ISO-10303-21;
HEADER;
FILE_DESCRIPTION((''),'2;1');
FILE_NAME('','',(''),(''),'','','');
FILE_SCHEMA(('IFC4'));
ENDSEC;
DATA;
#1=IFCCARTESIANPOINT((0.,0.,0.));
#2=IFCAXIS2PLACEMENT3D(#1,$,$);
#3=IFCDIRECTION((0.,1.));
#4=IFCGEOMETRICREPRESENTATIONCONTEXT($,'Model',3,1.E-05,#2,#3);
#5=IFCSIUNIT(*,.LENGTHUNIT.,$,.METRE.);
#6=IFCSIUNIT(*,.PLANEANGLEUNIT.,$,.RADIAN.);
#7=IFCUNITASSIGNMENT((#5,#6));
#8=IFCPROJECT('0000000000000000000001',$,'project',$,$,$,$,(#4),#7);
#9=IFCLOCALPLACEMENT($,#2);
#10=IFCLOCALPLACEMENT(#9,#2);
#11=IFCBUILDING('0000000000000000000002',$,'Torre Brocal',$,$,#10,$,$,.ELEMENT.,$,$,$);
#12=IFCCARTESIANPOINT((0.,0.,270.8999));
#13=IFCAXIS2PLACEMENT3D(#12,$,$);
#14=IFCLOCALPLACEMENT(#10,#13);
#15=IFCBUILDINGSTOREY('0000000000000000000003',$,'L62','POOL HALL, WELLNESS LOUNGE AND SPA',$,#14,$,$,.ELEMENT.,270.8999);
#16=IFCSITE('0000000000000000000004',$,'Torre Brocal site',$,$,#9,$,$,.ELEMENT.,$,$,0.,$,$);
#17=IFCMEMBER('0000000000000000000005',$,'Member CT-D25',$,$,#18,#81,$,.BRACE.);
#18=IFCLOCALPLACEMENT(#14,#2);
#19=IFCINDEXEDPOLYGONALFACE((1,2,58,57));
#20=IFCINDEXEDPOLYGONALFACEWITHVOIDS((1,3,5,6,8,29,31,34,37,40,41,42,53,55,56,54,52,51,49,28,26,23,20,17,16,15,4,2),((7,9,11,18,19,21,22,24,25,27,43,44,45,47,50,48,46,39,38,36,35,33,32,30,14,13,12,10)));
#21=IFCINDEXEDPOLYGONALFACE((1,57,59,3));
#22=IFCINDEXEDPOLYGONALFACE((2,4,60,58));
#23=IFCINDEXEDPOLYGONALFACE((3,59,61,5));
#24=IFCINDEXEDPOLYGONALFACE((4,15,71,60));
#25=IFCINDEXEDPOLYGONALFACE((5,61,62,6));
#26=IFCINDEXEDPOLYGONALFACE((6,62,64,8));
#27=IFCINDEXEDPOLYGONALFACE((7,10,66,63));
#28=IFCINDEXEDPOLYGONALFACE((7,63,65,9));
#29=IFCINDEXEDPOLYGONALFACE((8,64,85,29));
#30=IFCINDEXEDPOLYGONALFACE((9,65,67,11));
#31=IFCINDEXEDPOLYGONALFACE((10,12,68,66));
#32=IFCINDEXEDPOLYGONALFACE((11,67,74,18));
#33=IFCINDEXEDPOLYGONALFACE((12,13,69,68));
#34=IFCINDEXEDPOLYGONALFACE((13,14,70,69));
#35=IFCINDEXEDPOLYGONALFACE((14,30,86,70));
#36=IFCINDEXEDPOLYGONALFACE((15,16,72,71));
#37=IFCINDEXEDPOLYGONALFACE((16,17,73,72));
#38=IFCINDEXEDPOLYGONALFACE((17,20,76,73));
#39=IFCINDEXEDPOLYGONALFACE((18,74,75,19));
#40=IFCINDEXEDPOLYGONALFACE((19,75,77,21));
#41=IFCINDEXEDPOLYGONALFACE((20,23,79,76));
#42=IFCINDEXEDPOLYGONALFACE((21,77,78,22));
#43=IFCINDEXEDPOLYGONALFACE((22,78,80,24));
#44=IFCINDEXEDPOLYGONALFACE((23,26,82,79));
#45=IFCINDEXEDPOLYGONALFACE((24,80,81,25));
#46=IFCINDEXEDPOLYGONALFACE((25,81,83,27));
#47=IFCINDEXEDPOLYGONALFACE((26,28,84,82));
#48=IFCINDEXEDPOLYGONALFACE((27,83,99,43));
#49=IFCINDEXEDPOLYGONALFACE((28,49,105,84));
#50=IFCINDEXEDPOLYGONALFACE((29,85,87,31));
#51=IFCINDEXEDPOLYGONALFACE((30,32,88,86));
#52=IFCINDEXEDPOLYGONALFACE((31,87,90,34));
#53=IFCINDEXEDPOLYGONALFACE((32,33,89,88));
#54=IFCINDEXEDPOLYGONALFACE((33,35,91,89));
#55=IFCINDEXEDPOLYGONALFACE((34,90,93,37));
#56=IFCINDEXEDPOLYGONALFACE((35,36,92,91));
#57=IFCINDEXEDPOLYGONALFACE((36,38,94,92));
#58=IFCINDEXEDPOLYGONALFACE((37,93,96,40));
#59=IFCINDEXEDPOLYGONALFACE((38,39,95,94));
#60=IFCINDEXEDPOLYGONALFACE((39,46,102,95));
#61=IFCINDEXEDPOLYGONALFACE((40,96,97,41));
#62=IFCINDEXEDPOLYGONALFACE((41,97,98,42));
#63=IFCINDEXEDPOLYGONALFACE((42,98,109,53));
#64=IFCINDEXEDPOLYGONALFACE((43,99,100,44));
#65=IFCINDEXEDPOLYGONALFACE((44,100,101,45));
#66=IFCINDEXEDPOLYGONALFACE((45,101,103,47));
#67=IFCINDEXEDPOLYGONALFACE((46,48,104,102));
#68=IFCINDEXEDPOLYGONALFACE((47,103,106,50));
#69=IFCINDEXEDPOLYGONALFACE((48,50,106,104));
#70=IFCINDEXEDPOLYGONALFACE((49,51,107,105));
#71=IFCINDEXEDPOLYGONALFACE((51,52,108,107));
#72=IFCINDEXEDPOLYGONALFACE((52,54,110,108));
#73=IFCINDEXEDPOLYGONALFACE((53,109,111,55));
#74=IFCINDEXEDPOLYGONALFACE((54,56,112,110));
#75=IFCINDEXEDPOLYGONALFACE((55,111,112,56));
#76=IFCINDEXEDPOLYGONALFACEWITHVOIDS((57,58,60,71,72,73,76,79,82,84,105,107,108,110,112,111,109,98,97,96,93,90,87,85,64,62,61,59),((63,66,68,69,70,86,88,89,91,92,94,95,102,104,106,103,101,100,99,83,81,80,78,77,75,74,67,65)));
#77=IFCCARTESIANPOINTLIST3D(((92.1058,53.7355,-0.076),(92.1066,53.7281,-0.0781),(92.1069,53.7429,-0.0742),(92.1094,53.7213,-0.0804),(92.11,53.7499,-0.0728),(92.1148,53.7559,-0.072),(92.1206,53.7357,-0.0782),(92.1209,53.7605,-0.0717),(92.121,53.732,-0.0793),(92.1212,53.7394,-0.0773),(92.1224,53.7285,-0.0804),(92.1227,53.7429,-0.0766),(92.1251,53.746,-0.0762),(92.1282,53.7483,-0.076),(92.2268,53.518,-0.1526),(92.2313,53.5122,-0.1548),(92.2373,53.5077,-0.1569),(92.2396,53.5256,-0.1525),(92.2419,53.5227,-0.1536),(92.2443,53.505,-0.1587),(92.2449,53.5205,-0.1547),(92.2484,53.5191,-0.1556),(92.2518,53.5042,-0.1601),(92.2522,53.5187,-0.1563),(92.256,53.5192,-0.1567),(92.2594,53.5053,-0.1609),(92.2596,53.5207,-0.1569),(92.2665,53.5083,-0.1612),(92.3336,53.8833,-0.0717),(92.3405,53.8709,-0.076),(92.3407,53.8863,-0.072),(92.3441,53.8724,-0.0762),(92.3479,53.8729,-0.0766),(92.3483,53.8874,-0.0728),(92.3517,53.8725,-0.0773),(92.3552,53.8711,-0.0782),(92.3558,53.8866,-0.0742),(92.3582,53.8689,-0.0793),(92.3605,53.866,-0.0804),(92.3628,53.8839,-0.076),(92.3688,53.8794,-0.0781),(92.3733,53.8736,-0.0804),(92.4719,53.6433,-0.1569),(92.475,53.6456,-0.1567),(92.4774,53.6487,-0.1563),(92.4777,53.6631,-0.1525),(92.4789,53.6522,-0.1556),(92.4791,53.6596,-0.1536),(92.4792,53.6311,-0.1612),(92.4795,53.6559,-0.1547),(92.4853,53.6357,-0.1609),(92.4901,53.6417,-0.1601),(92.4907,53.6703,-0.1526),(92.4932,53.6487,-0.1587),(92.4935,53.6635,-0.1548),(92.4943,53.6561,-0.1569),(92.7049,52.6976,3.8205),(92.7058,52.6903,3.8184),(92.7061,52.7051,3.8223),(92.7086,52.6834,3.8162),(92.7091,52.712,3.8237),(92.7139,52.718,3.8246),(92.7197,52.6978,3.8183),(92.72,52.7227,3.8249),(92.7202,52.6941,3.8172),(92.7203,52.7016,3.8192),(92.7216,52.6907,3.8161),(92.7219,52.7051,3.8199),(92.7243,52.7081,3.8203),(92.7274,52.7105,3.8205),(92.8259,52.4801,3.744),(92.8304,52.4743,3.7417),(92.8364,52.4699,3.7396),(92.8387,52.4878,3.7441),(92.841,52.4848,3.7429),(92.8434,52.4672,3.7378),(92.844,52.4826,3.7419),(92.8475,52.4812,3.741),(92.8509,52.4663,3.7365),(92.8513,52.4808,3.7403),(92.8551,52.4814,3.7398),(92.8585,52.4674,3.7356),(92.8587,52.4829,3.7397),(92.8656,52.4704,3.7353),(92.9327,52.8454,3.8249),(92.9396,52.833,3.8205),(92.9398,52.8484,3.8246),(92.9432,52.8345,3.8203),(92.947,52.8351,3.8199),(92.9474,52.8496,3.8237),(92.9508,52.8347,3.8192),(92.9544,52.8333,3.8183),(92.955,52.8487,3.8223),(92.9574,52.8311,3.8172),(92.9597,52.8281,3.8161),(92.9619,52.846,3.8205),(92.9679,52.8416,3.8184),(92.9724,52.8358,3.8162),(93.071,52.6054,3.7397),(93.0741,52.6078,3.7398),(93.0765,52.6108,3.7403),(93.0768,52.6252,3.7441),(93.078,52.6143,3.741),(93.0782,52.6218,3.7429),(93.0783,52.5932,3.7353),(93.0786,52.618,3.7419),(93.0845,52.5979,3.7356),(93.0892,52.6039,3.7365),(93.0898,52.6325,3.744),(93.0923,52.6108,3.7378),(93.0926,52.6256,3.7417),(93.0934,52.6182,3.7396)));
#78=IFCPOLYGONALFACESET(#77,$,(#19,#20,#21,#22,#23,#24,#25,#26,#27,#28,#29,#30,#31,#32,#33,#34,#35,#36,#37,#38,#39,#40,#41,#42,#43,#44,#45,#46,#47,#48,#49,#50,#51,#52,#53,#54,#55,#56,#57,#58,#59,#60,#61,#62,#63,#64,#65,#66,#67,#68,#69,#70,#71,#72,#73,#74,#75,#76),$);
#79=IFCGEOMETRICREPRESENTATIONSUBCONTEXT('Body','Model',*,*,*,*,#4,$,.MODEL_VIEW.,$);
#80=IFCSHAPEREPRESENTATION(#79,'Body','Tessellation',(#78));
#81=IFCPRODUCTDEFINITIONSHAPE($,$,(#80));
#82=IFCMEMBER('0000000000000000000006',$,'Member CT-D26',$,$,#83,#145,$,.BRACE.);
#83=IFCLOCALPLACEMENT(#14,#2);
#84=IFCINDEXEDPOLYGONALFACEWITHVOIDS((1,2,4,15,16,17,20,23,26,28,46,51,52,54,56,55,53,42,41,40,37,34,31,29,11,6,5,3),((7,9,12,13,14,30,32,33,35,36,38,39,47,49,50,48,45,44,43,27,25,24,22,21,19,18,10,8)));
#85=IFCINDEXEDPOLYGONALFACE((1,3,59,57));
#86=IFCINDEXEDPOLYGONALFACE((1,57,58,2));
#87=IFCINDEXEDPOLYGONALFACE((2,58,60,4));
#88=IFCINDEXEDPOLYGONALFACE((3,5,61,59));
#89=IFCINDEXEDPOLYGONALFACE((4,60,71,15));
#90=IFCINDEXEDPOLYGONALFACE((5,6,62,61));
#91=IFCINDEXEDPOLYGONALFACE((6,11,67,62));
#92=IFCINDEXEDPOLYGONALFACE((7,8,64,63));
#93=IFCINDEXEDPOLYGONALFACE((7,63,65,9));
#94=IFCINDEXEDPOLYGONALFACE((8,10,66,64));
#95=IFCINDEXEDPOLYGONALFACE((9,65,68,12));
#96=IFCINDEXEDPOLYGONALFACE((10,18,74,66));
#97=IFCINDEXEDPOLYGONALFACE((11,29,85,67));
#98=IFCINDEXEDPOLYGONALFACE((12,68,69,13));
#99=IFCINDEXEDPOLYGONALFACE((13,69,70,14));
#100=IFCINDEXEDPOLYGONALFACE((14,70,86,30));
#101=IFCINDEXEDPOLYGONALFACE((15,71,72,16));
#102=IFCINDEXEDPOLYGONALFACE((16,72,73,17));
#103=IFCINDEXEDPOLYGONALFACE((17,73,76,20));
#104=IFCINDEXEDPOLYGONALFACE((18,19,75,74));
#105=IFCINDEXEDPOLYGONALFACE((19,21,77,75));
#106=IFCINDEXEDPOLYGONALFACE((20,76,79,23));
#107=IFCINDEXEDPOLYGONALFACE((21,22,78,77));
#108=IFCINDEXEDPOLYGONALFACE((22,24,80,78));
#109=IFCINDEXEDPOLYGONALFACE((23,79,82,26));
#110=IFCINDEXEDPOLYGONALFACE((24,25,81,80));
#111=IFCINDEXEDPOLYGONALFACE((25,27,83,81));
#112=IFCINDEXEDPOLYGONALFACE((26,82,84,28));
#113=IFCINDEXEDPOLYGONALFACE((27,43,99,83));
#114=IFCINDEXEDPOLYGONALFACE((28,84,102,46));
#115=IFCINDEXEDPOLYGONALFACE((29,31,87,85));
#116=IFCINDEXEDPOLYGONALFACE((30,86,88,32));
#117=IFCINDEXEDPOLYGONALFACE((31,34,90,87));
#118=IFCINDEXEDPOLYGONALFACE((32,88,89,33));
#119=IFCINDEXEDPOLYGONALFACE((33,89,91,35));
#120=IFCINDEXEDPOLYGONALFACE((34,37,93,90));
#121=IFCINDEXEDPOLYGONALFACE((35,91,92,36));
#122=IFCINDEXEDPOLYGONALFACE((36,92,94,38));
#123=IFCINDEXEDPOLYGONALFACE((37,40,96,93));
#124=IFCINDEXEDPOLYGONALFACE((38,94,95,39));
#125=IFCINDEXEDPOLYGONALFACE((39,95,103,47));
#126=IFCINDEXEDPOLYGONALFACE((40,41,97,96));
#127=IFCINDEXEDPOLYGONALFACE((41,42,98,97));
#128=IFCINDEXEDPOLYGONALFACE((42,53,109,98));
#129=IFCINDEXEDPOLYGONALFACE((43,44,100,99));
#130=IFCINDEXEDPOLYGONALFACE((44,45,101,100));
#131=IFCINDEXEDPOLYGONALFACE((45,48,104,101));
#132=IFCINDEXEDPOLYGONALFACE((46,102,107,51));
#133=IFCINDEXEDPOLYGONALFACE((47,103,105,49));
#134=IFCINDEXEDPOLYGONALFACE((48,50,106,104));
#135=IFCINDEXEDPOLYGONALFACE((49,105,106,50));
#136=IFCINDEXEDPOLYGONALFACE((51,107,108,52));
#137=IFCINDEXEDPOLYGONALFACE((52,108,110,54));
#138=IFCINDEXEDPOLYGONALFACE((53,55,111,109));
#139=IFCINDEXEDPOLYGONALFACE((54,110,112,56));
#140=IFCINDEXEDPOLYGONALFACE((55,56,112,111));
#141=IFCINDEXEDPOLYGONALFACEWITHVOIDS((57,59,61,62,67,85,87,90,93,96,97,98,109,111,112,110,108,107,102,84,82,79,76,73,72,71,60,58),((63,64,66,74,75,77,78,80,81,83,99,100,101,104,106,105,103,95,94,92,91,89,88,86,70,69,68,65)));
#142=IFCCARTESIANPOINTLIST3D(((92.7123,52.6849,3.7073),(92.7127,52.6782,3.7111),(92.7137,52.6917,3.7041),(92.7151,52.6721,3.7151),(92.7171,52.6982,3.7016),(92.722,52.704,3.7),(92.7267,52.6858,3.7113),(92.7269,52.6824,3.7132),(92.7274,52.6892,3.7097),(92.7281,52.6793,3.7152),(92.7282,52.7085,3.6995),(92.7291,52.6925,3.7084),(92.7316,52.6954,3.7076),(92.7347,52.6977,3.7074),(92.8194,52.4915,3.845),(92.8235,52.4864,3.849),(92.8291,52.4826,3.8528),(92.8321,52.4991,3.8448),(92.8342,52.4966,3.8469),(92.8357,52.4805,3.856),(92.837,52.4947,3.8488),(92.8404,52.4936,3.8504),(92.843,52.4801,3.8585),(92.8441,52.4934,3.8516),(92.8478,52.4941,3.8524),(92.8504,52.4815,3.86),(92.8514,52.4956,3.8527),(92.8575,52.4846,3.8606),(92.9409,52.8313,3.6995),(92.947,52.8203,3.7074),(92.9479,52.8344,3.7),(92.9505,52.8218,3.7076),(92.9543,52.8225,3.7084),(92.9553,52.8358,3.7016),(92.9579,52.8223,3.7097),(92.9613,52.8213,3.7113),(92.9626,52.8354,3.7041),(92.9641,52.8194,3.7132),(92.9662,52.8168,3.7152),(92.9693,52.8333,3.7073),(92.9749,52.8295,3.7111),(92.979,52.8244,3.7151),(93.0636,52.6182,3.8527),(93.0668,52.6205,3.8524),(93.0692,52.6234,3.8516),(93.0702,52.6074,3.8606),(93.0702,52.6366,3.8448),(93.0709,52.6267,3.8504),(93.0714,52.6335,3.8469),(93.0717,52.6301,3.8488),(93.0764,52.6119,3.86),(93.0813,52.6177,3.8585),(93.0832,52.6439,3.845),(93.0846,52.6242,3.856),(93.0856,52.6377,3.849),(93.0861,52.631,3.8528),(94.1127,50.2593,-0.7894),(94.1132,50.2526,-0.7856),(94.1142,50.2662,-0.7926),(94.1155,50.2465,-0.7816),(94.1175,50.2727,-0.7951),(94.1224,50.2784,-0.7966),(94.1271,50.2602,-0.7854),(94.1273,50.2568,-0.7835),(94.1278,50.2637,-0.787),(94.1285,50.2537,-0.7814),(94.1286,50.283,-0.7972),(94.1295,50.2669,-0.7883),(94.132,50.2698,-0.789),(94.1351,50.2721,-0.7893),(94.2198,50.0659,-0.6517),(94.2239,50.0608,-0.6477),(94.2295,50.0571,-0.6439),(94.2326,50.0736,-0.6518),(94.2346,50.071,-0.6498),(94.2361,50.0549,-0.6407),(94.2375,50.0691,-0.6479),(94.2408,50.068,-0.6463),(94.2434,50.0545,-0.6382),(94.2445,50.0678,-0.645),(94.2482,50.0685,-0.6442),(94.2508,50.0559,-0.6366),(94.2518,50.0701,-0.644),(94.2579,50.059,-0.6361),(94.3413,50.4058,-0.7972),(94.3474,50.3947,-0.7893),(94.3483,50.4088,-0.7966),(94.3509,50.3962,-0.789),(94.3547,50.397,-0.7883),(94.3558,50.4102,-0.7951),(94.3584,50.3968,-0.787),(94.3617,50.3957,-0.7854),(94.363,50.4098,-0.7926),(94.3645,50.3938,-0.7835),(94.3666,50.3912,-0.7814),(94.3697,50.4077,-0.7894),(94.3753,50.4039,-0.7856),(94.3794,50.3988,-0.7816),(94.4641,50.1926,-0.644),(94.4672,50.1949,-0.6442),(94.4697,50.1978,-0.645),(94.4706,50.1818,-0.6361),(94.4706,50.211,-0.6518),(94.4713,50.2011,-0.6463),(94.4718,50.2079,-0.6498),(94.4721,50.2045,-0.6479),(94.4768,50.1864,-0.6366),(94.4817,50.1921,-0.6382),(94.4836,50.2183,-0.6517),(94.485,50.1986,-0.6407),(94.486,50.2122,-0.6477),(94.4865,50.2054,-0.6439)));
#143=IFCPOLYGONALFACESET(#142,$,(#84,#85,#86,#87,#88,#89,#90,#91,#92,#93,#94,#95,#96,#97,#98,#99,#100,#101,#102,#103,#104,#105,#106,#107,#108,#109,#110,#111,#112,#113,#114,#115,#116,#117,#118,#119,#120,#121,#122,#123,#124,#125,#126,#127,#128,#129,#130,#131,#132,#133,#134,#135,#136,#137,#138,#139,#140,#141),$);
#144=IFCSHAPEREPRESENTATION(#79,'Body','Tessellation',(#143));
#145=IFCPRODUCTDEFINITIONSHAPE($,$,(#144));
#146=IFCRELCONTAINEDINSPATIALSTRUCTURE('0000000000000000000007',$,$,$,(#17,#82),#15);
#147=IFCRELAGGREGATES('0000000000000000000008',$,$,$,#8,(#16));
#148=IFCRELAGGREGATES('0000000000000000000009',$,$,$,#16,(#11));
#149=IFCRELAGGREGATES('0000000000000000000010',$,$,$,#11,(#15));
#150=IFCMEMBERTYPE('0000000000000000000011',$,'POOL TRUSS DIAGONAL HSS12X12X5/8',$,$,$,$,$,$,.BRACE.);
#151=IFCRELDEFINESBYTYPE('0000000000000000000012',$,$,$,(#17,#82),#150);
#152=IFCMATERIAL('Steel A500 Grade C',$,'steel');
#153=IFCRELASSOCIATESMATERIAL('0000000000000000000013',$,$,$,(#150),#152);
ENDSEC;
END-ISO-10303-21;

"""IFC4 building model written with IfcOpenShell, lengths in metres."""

from ifc_helpers import new_model, si_unit, direction, frame, origin, origin_2d, place, context, subcontext, project, spatial, hollow_rectangle, extrude, material, material_profile, profile_set, type_object, element, save


model = new_model("IFC4")

# Units and contexts
model_context = context("Model", 3, precision=1e-05, world=origin(), true_north=direction((0.0, 1.0)))
body_context = subcontext(model_context, "Body", "Model", "MODEL_VIEW")
ifc_project = project(units=[si_unit("LENGTHUNIT", "METRE"), si_unit("PLANEANGLEUNIT", "RADIAN")], contexts=[model_context])

# Site, building, storey
site_placement = place(None, origin())
site = spatial("IfcSite", under=ifc_project, at=site_placement, Name="Torre Brocal site", CompositionType="ELEMENT", RefElevation=0.0)
building_placement = place(site_placement, origin())
building = spatial("IfcBuilding", under=site, at=building_placement, Name="Torre Brocal", CompositionType="ELEMENT")
storey_placement = place(building_placement, frame((0.0, 0.0, 270.8999)))
storey = spatial("IfcBuildingStorey", under=building, at=storey_placement, Name="L62", Description="POOL HALL, WELLNESS LOUNGE AND SPA", CompositionType="ELEMENT", Elevation=270.8999)

# Members
ifc_material_1 = material(Name="Steel A500 Grade C", Category="steel")
ifc_material_profile_1 = material_profile(ifc_material_1, hollow_rectangle(XDim=0.3047, YDim=0.3047, WallThickness=0.0149, InnerFilletRadius=0.0149, OuterFilletRadius=0.0295, at=origin_2d()), Name="HSS12X12X5/8")
ifc_profile_set_1 = profile_set([ifc_material_profile_1], Name="Steel A500 Grade C")
member_type_1 = type_object("IfcMemberType", Name="POOL TRUSS DIAGONAL HSS12X12X5/8", PredefinedType="BRACE", material=ifc_profile_set_1)
member_1_placement = place(storey_placement, frame((92.3, 53.6958, -0.1165), z_axis=(0.146966, -0.254585, 0.955818), x_axis=(0.866053, 0.499952, 0.0)))
element("IfcMember", 1, at=member_1_placement, inside=storey, type_object=member_type_1, Name="Member CT-D25", PredefinedType="BRACE", context=body_context, shape_type="SweptSolid", body=[
    extrude(hollow_rectangle(XDim=0.3047, YDim=0.3047, WallThickness=0.0149, InnerFilletRadius=0.0149, OuterFilletRadius=0.0295, at=origin_2d()), origin(), (0.0, 0.0, 1.0), 4.0767),
])
for number, where, z_axis, x_axis, name in (
    (2, (92.8992, 52.658, 3.78), (0.264349, -0.457864, -0.848811), (0.866024, 0.500002, 0.0), "Member CT-D26"),
):
    element("IfcMember", number, at=place(storey_placement, frame(where, z_axis=z_axis, x_axis=x_axis)), inside=storey, type_object=member_type_1, Name=name, PredefinedType="BRACE", context=body_context, shape_type="SweptSolid", body=[
        extrude(hollow_rectangle(XDim=0.3047, YDim=0.3047, WallThickness=0.0149, InnerFilletRadius=0.0149, OuterFilletRadius=0.0295, at=origin_2d()), origin(), (0.0, 0.0, 1.0), 5.2976),
    ])

save(model, "model.ifc")
